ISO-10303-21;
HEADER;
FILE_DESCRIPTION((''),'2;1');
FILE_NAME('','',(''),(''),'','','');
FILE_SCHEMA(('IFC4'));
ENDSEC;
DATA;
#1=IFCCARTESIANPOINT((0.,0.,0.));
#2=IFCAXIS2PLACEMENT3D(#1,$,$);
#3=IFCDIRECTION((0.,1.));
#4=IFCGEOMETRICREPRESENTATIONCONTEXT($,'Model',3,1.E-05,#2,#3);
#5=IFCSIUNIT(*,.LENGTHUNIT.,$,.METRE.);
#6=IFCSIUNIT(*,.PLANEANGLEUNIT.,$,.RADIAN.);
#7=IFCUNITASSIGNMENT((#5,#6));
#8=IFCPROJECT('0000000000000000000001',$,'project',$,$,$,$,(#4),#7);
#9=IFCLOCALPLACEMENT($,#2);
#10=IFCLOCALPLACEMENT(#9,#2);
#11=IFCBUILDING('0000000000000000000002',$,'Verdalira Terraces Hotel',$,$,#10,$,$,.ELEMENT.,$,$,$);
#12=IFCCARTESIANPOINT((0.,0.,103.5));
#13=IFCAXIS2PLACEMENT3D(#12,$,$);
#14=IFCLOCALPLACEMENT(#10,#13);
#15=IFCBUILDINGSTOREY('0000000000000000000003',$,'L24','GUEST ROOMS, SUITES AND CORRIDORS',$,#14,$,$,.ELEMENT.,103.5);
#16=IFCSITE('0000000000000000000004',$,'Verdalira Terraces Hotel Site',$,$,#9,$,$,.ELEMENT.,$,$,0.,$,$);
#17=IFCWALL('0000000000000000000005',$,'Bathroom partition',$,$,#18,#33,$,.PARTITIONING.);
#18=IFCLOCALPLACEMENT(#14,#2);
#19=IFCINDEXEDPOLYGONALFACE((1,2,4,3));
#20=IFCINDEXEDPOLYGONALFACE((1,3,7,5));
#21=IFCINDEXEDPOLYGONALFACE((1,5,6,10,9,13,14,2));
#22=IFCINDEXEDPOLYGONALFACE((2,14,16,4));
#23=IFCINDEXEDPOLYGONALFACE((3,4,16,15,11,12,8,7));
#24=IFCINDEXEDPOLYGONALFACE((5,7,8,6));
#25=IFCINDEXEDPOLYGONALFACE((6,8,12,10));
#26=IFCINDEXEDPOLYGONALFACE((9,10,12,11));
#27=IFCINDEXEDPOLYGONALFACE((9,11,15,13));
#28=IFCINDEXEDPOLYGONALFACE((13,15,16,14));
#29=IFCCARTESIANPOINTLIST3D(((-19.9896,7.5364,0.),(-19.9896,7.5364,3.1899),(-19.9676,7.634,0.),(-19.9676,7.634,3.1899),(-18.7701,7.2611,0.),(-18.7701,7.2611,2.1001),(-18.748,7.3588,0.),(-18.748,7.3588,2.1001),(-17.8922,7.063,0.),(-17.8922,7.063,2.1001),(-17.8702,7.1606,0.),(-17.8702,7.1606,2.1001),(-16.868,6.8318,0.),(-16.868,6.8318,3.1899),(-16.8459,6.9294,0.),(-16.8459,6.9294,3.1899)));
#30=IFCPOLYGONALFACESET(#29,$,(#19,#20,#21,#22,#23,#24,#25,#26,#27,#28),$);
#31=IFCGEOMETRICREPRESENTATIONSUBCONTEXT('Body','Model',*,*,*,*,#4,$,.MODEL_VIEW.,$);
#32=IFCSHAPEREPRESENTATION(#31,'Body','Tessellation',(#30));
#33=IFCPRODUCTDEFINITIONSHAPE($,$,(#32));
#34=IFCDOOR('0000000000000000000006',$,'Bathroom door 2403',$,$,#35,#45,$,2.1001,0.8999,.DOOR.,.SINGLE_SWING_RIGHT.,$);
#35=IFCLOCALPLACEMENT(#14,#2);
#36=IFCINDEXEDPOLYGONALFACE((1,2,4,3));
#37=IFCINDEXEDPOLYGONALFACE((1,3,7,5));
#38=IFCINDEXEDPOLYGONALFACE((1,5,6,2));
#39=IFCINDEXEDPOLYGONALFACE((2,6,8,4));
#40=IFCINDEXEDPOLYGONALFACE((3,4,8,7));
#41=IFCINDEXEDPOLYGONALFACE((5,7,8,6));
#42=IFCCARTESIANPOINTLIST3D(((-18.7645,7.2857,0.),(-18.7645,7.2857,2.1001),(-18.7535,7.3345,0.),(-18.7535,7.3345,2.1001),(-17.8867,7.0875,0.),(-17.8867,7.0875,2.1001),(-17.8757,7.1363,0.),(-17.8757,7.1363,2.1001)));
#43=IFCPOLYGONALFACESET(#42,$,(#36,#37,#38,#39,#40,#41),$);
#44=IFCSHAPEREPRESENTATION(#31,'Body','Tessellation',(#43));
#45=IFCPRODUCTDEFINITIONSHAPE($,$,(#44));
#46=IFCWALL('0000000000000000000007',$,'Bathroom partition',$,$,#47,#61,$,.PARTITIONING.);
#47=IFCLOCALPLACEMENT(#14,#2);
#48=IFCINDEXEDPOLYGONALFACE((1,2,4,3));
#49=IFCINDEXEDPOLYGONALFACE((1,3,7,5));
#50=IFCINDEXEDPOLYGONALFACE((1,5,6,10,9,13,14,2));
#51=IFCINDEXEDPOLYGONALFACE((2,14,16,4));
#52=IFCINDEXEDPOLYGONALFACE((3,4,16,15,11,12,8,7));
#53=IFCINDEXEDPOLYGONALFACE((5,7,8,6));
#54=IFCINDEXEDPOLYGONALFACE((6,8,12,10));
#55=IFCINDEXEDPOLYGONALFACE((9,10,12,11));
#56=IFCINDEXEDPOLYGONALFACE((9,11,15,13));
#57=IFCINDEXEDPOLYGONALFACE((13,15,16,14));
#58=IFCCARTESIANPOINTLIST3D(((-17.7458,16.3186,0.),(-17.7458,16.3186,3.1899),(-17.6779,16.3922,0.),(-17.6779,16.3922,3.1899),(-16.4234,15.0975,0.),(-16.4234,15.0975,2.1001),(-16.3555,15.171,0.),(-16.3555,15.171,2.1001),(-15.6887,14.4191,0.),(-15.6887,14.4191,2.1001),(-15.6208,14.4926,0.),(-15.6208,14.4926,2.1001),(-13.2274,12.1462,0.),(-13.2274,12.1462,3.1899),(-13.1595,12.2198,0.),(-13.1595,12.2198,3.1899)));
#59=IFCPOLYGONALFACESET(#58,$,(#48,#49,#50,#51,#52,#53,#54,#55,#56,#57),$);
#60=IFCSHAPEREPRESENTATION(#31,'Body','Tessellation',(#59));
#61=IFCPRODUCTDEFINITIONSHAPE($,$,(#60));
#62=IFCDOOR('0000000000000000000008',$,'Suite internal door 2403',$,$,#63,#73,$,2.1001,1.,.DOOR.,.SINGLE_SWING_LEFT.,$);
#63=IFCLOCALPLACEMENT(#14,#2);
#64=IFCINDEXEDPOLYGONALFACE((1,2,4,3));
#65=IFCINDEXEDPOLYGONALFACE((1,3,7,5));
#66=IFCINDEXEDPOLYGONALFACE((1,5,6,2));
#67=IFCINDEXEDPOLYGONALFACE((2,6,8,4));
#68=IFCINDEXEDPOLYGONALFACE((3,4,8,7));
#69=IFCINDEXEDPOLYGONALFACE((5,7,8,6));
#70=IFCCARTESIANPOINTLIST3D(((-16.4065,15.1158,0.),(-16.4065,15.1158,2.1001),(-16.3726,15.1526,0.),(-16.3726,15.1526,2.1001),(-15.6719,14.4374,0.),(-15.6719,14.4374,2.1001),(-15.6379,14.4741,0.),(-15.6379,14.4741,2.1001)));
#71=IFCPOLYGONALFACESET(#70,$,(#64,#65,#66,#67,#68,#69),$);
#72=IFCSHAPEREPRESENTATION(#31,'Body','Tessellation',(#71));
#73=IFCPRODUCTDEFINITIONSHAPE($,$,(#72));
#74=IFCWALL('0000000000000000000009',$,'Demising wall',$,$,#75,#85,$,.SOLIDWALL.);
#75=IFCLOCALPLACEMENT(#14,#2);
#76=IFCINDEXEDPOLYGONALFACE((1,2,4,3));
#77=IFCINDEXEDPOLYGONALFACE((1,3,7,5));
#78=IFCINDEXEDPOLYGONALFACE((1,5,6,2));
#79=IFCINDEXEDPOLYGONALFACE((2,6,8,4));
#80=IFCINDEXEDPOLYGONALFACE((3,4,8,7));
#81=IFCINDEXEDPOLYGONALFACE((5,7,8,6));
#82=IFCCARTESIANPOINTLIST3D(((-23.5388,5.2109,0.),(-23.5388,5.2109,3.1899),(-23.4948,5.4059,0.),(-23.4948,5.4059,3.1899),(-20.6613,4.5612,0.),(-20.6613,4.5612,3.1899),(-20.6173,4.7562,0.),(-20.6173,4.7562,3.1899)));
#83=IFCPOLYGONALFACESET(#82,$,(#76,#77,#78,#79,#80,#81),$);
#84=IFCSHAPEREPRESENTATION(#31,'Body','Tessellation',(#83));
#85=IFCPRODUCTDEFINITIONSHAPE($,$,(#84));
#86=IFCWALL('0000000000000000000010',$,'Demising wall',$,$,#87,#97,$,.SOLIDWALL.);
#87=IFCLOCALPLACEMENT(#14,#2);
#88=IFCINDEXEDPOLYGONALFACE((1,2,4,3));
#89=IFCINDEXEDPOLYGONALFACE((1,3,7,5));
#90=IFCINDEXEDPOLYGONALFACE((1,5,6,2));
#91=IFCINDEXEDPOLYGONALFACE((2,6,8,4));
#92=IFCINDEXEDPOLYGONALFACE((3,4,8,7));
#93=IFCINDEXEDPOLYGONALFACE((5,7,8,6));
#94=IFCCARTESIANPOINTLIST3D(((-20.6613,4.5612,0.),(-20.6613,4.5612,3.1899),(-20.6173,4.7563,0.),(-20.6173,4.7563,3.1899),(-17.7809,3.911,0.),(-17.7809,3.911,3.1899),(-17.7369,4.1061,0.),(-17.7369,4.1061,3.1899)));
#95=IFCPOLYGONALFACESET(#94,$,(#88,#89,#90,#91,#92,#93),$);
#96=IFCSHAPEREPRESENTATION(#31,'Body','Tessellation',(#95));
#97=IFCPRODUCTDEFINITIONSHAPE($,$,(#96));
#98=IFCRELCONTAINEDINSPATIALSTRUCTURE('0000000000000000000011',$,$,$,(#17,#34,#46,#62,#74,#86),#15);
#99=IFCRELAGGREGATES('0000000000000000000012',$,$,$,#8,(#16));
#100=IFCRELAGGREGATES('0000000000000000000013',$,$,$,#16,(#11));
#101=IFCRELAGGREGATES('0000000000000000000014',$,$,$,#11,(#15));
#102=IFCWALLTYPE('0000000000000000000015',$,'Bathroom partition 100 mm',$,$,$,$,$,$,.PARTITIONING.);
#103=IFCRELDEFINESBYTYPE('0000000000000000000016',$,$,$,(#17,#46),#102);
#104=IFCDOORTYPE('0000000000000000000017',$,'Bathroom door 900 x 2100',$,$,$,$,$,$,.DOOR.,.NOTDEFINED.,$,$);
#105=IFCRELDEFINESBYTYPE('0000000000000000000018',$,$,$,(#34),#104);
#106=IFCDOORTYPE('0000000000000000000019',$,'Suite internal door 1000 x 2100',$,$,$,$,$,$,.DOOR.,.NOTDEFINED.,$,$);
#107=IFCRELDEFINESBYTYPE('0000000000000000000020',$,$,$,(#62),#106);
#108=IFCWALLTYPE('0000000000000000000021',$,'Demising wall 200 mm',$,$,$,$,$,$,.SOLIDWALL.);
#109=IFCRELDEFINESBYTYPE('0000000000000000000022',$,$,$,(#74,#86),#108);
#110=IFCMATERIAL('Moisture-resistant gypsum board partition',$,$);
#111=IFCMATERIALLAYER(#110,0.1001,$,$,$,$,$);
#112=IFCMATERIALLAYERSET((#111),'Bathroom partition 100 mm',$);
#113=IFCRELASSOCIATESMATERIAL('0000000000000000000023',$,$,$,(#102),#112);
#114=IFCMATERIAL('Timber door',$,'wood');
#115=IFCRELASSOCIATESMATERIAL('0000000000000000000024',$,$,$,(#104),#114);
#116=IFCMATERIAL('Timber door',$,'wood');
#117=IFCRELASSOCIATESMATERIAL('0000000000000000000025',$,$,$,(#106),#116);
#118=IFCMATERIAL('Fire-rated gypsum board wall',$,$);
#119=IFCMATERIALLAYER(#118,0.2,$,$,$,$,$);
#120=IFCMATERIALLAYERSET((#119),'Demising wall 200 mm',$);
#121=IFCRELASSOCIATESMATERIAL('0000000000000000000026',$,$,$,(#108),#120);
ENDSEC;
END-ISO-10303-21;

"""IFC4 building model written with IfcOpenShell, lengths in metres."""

from ifc_helpers import new_model, si_unit, direction, frame, frame_2d, origin, place, context, subcontext, project, spatial, rectangle, extrude, material, layer, layer_set, type_object, element, fill, save


model = new_model("IFC4")

# Units and contexts
model_context = context("Model", 3, precision=1e-05, world=origin(), true_north=direction((0.0, 1.0)))
body_context = subcontext(model_context, "Body", "Model", "MODEL_VIEW")
ifc_project = project(units=[si_unit("LENGTHUNIT", "METRE"), si_unit("PLANEANGLEUNIT", "RADIAN")], contexts=[model_context])

# Site, building, storey
site_placement = place(None, origin())
site = spatial("IfcSite", under=ifc_project, at=site_placement, Name="Verdalira Terraces Hotel Site", CompositionType="ELEMENT", RefElevation=0.0)
building_placement = place(site_placement, origin())
building = spatial("IfcBuilding", under=site, at=building_placement, Name="Verdalira Terraces Hotel", CompositionType="ELEMENT")
storey_placement = place(building_placement, frame((0.0, 0.0, 103.5)))
storey = spatial("IfcBuildingStorey", under=building, at=storey_placement, Name="L24", Description="GUEST ROOMS, SUITES AND CORRIDORS", CompositionType="ELEMENT", Elevation=103.5)

# Shared definitions
ifc_material_1 = material(Name="Moisture-resistant gypsum board partition")
ifc_layer_1 = layer(ifc_material_1, 0.1001)
ifc_layer_set_1 = layer_set([ifc_layer_1], Name="Bathroom partition 100 mm")
wall_type_1 = type_object("IfcWallType", Name="Bathroom partition 100 mm", PredefinedType="PARTITIONING", material=ifc_layer_set_1)

# Walls, openings, doors
ifc_material_2 = material(Name="Timber door", Category="wood")
door_type_1 = type_object("IfcDoorType", Name="Bathroom door 900 x 2100", OperationType="NOTDEFINED", PredefinedType="DOOR", material=ifc_material_2)
ifc_material_3 = material(Name="Timber door", Category="wood")
door_type_2 = type_object("IfcDoorType", Name="Suite internal door 1000 x 2100", OperationType="NOTDEFINED", PredefinedType="DOOR", material=ifc_material_3)
wall_1_placement = place(storey_placement, frame((-16.8569, 6.8806, 0.0), z_axis=(0.0, 0.0, 1.0), x_axis=(-0.97546, 0.220177, 0.0)))
wall_1 = element("IfcWall", 1, at=wall_1_placement, inside=storey, type_object=wall_type_1, Name="Bathroom partition", PredefinedType="PARTITIONING", context=body_context, shape_type="SweptSolid", body=[
    extrude(rectangle(XDim=3.2002, YDim=0.1001, at=frame_2d((1.6001, 0.0))), origin(), (0.0, 0.0, 1.0), 3.1899),
])
opening_1_placement = place(wall_1_placement, frame((1.05, 0.0, 0.0)))
opening_1 = element("IfcOpeningElement", 2, at=opening_1_placement, cuts=wall_1, PredefinedType="OPENING", context=body_context, shape_type="SweptSolid", body=[
    extrude(rectangle(XDim=0.8999, YDim=2.1001, at=frame_2d((0.45, 1.05))), frame((0.0, 0.0601, 0.0), z_axis=(0.0, -1.0, 0.0), x_axis=(1.0, 0.0, 0.0)), (0.0, 0.0, 1.0), 0.1201),
])
door_1_placement = place(opening_1_placement, origin())
door_1 = element("IfcDoor", 3, at=door_1_placement, inside=storey, type_object=door_type_1, Name="Bathroom door 2403", OperationType="SINGLE_SWING_RIGHT", OverallHeight=2.1001, OverallWidth=0.8999, PredefinedType="DOOR", context=body_context, shape_type="SweptSolid", body=[
    extrude(rectangle(XDim=0.8999, YDim=2.1001, at=frame_2d((0.45, 1.05))), frame((0.0, 0.0249, 0.0), z_axis=(0.0, -1.0, 0.0), x_axis=(1.0, 0.0, 0.0)), (0.0, 0.0, 1.0), 0.05),
])
fill(opening_1, door_1)
wall_2_placement = place(storey_placement, frame((-17.7119, 16.3555, 0.0), z_axis=(0.0, 0.0, 1.0), x_axis=(0.734673, -0.678422, 0.0)))
wall_2 = element("IfcWall", 4, at=wall_2_placement, inside=storey, type_object=wall_type_1, Name="Bathroom partition", PredefinedType="PARTITIONING", context=body_context, shape_type="SweptSolid", body=[
    extrude(rectangle(XDim=6.1501, YDim=0.1001, at=frame_2d((3.0752, 0.0))), origin(), (0.0, 0.0, 1.0), 3.1899),
])
opening_2_placement = place(wall_2_placement, frame((1.8, 0.0, 0.0)))
opening_2 = element("IfcOpeningElement", 5, at=opening_2_placement, cuts=wall_2, PredefinedType="OPENING", context=body_context, shape_type="SweptSolid", body=[
    extrude(rectangle(XDim=1.0, YDim=2.1001, at=frame_2d((0.5, 1.05))), frame((0.0, 0.0601, 0.0), z_axis=(0.0, -1.0, 0.0), x_axis=(1.0, 0.0, 0.0)), (0.0, 0.0, 1.0), 0.1201),
])
door_2_placement = place(opening_2_placement, origin())
door_2 = element("IfcDoor", 6, at=door_2_placement, inside=storey, type_object=door_type_2, Name="Suite internal door 2403", OperationType="SINGLE_SWING_LEFT", OverallHeight=2.1001, OverallWidth=1.0, PredefinedType="DOOR", context=body_context, shape_type="SweptSolid", body=[
    extrude(rectangle(XDim=1.0, YDim=2.1001, at=frame_2d((0.5, 1.05))), frame((0.0, 0.0249, 0.0), z_axis=(0.0, -1.0, 0.0), x_axis=(1.0, 0.0, 0.0)), (0.0, 0.0, 1.0), 0.05),
])
fill(opening_2, door_2)

# Walls
ifc_material_4 = material(Name="Fire-rated gypsum board wall")
ifc_layer_2 = layer(ifc_material_4, 0.2)
ifc_layer_set_2 = layer_set([ifc_layer_2], Name="Demising wall 200 mm")
wall_type_2 = type_object("IfcWallType", Name="Demising wall 200 mm", PredefinedType="SOLIDWALL", material=ifc_layer_set_2)
wall_3_placement = place(storey_placement, frame((-20.6392, 4.6587, 0.0), z_axis=(0.0, 0.0, 1.0), x_axis=(-0.975447, 0.220233, 0.0)))
element("IfcWall", 7, at=wall_3_placement, inside=storey, type_object=wall_type_2, Name="Demising wall", PredefinedType="SOLIDWALL", context=body_context, shape_type="SweptSolid", body=[
    extrude(rectangle(XDim=2.95, YDim=0.2, at=frame_2d((1.4751, 0.0))), origin(), (0.0, 0.0, 1.0), 3.1899),
])
wall_4_placement = place(storey_placement, frame((-17.7588, 4.0085, 0.0), z_axis=(0.0, 0.0, 1.0), x_axis=(-0.97546, 0.220177, 0.0)))
element("IfcWall", 8, at=wall_4_placement, inside=storey, type_object=wall_type_2, Name="Demising wall", PredefinedType="SOLIDWALL", context=body_context, shape_type="SweptSolid", body=[
    extrude(rectangle(XDim=2.9529, YDim=0.2, at=frame_2d((1.4766, 0.0))), origin(), (0.0, 0.0, 1.0), 3.1899),
])

save(model, "model.ifc")
